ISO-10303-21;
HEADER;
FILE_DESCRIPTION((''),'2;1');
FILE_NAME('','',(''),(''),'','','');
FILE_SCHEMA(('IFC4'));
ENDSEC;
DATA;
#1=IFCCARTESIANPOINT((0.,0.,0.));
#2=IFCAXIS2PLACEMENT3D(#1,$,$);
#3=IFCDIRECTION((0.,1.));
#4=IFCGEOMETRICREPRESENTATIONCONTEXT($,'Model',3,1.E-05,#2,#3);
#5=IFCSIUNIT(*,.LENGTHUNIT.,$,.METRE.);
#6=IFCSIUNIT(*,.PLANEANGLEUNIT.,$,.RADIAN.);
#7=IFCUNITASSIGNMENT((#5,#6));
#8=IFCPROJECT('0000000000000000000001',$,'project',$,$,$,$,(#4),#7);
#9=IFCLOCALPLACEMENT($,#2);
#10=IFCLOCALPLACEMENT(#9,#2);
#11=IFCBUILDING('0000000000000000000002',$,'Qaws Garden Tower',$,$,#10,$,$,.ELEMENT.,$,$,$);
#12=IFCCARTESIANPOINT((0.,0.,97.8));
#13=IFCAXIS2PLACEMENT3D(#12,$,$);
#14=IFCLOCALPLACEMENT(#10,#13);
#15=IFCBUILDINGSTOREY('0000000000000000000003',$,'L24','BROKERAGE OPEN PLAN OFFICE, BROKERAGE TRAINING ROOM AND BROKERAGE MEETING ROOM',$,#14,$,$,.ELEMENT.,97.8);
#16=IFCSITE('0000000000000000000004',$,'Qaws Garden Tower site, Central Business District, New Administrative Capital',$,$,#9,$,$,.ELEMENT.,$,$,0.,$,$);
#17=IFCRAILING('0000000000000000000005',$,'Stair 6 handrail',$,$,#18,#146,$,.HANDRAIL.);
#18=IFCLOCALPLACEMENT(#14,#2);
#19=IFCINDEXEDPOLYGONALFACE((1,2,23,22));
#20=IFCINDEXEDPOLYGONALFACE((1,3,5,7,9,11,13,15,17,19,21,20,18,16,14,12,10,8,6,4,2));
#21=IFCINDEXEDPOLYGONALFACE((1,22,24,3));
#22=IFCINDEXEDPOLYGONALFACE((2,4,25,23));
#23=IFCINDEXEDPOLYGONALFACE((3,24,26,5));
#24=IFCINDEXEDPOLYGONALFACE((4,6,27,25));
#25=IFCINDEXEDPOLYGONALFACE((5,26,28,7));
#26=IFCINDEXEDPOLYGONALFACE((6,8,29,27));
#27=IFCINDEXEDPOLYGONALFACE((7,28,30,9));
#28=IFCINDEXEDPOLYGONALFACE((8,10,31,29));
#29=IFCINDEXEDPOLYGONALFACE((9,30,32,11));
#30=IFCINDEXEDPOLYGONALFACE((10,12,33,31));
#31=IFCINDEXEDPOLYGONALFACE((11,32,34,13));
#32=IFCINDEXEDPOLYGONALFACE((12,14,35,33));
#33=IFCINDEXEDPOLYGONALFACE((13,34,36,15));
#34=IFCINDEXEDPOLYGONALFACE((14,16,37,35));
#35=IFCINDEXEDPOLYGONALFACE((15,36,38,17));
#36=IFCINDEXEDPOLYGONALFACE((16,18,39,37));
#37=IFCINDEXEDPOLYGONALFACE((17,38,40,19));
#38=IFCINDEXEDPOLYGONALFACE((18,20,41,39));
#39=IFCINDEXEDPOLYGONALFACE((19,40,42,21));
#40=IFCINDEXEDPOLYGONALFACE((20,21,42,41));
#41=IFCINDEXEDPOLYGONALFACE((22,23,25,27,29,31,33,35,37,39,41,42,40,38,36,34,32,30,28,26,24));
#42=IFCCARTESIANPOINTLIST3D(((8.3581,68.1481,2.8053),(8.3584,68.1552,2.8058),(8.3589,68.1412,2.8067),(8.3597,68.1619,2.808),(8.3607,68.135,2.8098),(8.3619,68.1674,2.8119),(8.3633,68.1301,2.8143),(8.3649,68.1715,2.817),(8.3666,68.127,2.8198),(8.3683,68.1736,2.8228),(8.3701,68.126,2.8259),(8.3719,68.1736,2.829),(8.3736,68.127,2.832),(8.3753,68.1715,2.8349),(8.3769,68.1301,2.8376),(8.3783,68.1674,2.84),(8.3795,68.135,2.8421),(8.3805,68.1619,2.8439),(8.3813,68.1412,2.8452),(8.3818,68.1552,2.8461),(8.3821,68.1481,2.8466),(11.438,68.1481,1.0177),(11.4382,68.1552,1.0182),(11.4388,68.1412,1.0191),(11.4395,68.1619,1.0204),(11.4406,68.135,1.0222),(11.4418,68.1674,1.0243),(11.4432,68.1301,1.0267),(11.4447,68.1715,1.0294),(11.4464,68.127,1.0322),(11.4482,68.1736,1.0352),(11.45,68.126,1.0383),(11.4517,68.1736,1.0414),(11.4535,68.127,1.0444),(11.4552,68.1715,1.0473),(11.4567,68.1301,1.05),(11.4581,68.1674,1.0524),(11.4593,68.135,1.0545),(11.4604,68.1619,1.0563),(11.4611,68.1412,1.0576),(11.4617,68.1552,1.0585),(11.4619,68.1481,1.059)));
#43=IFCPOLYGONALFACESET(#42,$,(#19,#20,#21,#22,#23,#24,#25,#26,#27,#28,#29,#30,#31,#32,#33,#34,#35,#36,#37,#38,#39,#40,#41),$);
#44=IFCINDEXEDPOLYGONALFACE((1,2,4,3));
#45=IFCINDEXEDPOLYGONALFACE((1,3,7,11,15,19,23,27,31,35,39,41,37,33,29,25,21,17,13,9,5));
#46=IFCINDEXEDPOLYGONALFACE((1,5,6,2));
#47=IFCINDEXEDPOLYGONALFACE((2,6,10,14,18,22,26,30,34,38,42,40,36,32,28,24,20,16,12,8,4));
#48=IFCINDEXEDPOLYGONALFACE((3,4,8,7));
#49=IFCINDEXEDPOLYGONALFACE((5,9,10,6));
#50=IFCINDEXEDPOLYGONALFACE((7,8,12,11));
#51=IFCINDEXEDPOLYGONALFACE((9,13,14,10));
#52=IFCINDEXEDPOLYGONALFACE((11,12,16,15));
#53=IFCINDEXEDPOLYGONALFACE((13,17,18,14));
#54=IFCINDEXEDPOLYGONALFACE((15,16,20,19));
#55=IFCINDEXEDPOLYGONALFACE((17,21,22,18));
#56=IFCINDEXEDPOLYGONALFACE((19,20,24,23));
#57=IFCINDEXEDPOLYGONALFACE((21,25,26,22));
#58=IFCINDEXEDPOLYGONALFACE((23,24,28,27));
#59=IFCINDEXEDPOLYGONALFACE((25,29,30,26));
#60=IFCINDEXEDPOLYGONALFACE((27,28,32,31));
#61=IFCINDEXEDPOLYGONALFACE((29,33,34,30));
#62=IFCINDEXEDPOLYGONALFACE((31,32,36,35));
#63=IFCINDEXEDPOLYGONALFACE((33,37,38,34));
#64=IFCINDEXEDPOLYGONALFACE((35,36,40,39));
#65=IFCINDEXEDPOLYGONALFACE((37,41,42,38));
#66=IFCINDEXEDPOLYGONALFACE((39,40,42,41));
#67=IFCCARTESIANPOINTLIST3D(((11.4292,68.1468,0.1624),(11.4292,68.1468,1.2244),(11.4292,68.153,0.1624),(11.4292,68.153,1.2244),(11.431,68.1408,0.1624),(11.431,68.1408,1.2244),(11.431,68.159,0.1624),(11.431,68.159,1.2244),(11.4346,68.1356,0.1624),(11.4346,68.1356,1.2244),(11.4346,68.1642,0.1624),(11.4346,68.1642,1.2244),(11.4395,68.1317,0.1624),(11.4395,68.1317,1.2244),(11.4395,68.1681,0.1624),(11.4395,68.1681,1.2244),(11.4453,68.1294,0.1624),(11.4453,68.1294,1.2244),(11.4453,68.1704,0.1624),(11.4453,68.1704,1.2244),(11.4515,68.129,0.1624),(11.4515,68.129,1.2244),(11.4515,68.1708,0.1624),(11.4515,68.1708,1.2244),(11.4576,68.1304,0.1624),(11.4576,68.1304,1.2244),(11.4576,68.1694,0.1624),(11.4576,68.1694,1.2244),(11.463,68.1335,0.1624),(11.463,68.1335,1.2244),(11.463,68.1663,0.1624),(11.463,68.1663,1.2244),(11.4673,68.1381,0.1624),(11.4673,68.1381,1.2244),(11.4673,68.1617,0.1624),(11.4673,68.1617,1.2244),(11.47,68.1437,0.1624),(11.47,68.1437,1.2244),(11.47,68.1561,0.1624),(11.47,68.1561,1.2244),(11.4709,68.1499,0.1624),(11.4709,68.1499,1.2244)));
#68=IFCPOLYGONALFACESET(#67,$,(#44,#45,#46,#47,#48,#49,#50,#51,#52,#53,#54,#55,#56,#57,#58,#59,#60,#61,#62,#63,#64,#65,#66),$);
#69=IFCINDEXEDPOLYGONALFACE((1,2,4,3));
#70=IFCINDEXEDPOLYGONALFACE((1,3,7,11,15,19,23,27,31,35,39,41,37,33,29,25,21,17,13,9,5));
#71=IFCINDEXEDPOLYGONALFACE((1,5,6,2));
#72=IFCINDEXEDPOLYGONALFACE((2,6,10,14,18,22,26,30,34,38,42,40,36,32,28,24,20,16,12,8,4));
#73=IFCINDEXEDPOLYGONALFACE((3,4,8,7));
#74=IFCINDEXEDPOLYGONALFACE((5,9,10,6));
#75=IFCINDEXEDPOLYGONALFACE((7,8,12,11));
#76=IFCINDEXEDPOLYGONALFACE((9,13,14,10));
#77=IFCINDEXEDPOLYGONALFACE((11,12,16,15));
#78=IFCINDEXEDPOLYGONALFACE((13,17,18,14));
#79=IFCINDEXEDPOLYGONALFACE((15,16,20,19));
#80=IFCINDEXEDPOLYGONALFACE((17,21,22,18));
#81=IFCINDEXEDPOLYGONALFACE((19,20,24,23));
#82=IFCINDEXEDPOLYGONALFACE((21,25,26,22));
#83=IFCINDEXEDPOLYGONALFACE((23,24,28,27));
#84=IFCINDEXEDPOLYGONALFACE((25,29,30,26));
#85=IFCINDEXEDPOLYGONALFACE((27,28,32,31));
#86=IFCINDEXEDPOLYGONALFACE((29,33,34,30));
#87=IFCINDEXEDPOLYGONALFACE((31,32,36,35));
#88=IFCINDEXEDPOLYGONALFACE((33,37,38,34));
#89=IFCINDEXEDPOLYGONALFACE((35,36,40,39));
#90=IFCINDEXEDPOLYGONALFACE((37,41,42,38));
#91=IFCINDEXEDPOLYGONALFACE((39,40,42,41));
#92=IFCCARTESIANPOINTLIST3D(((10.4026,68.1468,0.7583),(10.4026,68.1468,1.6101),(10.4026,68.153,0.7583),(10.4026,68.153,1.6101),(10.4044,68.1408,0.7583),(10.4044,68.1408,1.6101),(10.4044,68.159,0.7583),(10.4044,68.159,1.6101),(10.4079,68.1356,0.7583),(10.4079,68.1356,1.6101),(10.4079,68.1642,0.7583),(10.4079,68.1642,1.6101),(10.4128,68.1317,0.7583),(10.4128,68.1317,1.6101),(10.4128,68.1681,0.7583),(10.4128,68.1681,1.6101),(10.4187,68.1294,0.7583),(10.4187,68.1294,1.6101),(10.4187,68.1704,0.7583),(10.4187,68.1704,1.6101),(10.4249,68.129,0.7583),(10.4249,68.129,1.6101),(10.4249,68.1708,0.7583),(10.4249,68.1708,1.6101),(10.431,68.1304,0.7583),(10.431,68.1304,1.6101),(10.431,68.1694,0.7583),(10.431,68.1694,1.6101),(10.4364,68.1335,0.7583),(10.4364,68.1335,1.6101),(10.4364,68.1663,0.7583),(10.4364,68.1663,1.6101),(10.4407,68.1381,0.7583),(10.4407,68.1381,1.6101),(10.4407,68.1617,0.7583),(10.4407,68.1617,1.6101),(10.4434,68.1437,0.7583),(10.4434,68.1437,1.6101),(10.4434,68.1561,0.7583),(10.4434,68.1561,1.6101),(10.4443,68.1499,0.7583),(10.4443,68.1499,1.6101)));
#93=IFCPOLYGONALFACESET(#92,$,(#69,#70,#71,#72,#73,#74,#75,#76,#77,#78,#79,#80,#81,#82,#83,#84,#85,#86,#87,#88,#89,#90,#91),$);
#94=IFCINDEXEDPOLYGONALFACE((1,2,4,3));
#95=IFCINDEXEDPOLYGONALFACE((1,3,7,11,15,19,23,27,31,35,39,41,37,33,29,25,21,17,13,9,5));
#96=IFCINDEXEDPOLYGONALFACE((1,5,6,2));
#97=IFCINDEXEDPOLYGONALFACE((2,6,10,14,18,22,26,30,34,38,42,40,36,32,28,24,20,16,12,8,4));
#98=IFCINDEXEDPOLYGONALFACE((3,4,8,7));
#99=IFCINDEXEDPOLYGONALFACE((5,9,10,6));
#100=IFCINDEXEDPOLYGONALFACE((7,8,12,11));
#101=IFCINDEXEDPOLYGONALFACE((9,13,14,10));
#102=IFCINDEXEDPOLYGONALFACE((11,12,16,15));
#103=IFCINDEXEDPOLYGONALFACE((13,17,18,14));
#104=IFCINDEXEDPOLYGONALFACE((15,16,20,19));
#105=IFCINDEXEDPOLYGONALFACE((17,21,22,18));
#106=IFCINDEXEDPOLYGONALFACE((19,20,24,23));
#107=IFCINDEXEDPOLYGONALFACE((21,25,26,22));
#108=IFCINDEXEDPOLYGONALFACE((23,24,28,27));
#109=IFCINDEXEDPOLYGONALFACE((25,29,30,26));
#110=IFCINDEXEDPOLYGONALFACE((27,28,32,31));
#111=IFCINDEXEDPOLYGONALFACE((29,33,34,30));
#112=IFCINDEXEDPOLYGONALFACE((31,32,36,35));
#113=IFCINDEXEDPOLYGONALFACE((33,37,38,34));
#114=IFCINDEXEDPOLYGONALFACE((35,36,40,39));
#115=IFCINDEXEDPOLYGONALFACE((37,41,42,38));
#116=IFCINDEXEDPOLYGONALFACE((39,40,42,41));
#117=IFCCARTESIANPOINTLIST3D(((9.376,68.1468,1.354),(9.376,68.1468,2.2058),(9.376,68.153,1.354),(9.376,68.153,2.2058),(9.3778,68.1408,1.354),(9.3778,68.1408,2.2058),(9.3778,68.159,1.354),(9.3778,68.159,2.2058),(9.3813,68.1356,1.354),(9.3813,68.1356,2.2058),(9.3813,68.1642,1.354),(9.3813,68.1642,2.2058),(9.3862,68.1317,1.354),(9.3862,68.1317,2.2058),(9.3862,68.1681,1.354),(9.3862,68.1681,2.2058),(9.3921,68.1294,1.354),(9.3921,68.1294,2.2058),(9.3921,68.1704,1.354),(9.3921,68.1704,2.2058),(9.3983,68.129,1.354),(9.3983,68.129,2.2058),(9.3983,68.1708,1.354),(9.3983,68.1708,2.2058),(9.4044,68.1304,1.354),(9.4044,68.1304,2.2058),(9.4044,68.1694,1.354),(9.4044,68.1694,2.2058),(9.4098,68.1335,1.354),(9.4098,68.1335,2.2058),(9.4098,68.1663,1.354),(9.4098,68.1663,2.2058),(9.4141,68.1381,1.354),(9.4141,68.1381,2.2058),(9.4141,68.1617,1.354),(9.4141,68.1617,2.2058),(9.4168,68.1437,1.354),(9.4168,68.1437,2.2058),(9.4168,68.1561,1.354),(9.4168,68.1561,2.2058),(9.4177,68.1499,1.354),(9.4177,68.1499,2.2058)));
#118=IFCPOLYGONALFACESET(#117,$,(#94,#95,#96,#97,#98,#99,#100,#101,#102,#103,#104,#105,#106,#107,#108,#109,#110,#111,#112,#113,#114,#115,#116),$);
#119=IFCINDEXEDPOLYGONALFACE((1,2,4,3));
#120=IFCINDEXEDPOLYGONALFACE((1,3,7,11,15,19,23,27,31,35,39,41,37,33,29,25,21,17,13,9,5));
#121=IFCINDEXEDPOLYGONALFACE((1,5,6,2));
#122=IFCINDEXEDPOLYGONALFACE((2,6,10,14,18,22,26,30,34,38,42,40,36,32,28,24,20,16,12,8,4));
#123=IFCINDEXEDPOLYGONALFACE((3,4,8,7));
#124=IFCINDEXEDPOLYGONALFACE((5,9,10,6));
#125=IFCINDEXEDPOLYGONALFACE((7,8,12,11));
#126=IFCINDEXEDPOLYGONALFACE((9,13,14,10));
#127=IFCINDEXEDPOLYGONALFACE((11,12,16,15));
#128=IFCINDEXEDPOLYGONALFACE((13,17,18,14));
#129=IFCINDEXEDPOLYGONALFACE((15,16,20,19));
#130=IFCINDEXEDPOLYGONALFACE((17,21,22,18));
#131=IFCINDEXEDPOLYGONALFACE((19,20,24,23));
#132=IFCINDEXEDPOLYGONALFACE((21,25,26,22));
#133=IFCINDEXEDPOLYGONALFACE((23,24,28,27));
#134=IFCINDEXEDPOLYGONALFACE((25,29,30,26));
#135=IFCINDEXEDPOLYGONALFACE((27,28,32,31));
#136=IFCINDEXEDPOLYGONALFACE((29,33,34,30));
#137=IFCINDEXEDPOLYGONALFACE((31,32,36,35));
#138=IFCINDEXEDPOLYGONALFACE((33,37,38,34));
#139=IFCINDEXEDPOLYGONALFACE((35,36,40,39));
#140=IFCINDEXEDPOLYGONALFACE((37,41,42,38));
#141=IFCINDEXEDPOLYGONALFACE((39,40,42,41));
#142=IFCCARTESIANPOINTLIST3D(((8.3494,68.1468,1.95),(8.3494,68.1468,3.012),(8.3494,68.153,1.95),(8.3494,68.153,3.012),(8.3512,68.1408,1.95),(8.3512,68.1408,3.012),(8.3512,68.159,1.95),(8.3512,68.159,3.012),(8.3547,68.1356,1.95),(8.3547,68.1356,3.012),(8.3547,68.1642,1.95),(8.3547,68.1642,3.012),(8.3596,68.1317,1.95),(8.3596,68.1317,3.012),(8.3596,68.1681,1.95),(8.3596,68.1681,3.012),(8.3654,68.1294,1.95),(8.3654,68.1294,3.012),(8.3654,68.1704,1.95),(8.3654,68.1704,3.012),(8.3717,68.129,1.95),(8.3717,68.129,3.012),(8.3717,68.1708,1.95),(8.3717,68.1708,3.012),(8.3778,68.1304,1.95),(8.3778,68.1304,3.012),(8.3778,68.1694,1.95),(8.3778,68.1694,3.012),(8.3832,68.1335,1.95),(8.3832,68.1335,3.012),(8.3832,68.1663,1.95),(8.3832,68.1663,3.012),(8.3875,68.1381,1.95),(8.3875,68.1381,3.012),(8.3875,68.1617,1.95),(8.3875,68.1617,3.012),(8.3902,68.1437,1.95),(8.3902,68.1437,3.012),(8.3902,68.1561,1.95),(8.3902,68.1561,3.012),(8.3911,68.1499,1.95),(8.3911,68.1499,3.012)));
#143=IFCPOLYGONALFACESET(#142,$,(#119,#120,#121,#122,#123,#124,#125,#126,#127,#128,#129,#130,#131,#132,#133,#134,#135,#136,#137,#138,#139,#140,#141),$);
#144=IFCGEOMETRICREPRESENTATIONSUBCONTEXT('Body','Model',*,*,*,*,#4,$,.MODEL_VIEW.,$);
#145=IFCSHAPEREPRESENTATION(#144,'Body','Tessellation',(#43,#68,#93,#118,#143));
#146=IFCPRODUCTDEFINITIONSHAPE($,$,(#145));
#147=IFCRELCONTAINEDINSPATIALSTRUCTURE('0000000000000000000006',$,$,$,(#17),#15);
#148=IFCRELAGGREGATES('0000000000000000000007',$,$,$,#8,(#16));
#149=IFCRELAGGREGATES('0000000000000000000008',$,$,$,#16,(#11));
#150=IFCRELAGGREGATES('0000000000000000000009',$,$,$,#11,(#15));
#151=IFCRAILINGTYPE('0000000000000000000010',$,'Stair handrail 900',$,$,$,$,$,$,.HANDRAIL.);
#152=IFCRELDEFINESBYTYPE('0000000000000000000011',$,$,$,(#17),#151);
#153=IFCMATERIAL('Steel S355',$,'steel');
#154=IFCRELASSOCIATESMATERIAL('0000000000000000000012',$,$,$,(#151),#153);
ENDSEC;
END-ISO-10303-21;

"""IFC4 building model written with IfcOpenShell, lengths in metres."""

from ifc_helpers import new_model, si_unit, direction, frame, origin, origin_2d, place, context, subcontext, project, spatial, circle, extrude, material, type_object, element, save


model = new_model("IFC4")

# Units and contexts
model_context = context("Model", 3, precision=1e-05, world=origin(), true_north=direction((0.0, 1.0)))
body_context = subcontext(model_context, "Body", "Model", "MODEL_VIEW")
ifc_project = project(units=[si_unit("LENGTHUNIT", "METRE"), si_unit("PLANEANGLEUNIT", "RADIAN")], contexts=[model_context])

# Site, building, storey
site_placement = place(None, origin())
site = spatial("IfcSite", under=ifc_project, at=site_placement, Name="Qaws Garden Tower site, Central Business District, New Administrative Capital", CompositionType="ELEMENT", RefElevation=0.0)
building_placement = place(site_placement, origin())
building = spatial("IfcBuilding", under=site, at=building_placement, Name="Qaws Garden Tower", CompositionType="ELEMENT")
storey_placement = place(building_placement, frame((0.0, 0.0, 97.8)))
storey = spatial("IfcBuildingStorey", under=building, at=storey_placement, Name="L24", Description="BROKERAGE OPEN PLAN OFFICE, BROKERAGE TRAINING ROOM AND BROKERAGE MEETING ROOM", CompositionType="ELEMENT", Elevation=97.8)

# Railing
ifc_material_1 = material(Name="Steel S355", Category="steel")
railing_type = type_object("IfcRailingType", Name="Stair handrail 900", PredefinedType="HANDRAIL", material=ifc_material_1)
railing_1_placement = place(storey_placement, frame((11.45, 68.1499, 0.1624)))
element("IfcRailing", 1, at=railing_1_placement, inside=storey, type_object=railing_type, Name="Stair 6 handrail", PredefinedType="HANDRAIL", context=body_context, shape_type="SweptSolid", body=[
    extrude(circle(Radius=0.0239, at=origin_2d()), frame((0.0, 0.0, 0.876), z_axis=(-0.864873, 0.0, 0.50199), x_axis=(0.0, -1.0, 0.0)), (0.0, 0.0, 1.0), 3.561),
    extrude(circle(Radius=0.021, at=origin_2d()), origin(), (0.0, 0.0, 1.0), 1.062),
    extrude(circle(Radius=0.021, at=origin_2d()), frame((-1.0266, 0.0, 0.5959)), (0.0, 0.0, 1.0), 0.8518),
    extrude(circle(Radius=0.021, at=origin_2d()), frame((-2.0532, 0.0, 1.1917)), (0.0, 0.0, 1.0), 0.8518),
    extrude(circle(Radius=0.021, at=origin_2d()), frame((-3.0798, 0.0, 1.7876)), (0.0, 0.0, 1.0), 1.062),
])

save(model, "model.ifc")
